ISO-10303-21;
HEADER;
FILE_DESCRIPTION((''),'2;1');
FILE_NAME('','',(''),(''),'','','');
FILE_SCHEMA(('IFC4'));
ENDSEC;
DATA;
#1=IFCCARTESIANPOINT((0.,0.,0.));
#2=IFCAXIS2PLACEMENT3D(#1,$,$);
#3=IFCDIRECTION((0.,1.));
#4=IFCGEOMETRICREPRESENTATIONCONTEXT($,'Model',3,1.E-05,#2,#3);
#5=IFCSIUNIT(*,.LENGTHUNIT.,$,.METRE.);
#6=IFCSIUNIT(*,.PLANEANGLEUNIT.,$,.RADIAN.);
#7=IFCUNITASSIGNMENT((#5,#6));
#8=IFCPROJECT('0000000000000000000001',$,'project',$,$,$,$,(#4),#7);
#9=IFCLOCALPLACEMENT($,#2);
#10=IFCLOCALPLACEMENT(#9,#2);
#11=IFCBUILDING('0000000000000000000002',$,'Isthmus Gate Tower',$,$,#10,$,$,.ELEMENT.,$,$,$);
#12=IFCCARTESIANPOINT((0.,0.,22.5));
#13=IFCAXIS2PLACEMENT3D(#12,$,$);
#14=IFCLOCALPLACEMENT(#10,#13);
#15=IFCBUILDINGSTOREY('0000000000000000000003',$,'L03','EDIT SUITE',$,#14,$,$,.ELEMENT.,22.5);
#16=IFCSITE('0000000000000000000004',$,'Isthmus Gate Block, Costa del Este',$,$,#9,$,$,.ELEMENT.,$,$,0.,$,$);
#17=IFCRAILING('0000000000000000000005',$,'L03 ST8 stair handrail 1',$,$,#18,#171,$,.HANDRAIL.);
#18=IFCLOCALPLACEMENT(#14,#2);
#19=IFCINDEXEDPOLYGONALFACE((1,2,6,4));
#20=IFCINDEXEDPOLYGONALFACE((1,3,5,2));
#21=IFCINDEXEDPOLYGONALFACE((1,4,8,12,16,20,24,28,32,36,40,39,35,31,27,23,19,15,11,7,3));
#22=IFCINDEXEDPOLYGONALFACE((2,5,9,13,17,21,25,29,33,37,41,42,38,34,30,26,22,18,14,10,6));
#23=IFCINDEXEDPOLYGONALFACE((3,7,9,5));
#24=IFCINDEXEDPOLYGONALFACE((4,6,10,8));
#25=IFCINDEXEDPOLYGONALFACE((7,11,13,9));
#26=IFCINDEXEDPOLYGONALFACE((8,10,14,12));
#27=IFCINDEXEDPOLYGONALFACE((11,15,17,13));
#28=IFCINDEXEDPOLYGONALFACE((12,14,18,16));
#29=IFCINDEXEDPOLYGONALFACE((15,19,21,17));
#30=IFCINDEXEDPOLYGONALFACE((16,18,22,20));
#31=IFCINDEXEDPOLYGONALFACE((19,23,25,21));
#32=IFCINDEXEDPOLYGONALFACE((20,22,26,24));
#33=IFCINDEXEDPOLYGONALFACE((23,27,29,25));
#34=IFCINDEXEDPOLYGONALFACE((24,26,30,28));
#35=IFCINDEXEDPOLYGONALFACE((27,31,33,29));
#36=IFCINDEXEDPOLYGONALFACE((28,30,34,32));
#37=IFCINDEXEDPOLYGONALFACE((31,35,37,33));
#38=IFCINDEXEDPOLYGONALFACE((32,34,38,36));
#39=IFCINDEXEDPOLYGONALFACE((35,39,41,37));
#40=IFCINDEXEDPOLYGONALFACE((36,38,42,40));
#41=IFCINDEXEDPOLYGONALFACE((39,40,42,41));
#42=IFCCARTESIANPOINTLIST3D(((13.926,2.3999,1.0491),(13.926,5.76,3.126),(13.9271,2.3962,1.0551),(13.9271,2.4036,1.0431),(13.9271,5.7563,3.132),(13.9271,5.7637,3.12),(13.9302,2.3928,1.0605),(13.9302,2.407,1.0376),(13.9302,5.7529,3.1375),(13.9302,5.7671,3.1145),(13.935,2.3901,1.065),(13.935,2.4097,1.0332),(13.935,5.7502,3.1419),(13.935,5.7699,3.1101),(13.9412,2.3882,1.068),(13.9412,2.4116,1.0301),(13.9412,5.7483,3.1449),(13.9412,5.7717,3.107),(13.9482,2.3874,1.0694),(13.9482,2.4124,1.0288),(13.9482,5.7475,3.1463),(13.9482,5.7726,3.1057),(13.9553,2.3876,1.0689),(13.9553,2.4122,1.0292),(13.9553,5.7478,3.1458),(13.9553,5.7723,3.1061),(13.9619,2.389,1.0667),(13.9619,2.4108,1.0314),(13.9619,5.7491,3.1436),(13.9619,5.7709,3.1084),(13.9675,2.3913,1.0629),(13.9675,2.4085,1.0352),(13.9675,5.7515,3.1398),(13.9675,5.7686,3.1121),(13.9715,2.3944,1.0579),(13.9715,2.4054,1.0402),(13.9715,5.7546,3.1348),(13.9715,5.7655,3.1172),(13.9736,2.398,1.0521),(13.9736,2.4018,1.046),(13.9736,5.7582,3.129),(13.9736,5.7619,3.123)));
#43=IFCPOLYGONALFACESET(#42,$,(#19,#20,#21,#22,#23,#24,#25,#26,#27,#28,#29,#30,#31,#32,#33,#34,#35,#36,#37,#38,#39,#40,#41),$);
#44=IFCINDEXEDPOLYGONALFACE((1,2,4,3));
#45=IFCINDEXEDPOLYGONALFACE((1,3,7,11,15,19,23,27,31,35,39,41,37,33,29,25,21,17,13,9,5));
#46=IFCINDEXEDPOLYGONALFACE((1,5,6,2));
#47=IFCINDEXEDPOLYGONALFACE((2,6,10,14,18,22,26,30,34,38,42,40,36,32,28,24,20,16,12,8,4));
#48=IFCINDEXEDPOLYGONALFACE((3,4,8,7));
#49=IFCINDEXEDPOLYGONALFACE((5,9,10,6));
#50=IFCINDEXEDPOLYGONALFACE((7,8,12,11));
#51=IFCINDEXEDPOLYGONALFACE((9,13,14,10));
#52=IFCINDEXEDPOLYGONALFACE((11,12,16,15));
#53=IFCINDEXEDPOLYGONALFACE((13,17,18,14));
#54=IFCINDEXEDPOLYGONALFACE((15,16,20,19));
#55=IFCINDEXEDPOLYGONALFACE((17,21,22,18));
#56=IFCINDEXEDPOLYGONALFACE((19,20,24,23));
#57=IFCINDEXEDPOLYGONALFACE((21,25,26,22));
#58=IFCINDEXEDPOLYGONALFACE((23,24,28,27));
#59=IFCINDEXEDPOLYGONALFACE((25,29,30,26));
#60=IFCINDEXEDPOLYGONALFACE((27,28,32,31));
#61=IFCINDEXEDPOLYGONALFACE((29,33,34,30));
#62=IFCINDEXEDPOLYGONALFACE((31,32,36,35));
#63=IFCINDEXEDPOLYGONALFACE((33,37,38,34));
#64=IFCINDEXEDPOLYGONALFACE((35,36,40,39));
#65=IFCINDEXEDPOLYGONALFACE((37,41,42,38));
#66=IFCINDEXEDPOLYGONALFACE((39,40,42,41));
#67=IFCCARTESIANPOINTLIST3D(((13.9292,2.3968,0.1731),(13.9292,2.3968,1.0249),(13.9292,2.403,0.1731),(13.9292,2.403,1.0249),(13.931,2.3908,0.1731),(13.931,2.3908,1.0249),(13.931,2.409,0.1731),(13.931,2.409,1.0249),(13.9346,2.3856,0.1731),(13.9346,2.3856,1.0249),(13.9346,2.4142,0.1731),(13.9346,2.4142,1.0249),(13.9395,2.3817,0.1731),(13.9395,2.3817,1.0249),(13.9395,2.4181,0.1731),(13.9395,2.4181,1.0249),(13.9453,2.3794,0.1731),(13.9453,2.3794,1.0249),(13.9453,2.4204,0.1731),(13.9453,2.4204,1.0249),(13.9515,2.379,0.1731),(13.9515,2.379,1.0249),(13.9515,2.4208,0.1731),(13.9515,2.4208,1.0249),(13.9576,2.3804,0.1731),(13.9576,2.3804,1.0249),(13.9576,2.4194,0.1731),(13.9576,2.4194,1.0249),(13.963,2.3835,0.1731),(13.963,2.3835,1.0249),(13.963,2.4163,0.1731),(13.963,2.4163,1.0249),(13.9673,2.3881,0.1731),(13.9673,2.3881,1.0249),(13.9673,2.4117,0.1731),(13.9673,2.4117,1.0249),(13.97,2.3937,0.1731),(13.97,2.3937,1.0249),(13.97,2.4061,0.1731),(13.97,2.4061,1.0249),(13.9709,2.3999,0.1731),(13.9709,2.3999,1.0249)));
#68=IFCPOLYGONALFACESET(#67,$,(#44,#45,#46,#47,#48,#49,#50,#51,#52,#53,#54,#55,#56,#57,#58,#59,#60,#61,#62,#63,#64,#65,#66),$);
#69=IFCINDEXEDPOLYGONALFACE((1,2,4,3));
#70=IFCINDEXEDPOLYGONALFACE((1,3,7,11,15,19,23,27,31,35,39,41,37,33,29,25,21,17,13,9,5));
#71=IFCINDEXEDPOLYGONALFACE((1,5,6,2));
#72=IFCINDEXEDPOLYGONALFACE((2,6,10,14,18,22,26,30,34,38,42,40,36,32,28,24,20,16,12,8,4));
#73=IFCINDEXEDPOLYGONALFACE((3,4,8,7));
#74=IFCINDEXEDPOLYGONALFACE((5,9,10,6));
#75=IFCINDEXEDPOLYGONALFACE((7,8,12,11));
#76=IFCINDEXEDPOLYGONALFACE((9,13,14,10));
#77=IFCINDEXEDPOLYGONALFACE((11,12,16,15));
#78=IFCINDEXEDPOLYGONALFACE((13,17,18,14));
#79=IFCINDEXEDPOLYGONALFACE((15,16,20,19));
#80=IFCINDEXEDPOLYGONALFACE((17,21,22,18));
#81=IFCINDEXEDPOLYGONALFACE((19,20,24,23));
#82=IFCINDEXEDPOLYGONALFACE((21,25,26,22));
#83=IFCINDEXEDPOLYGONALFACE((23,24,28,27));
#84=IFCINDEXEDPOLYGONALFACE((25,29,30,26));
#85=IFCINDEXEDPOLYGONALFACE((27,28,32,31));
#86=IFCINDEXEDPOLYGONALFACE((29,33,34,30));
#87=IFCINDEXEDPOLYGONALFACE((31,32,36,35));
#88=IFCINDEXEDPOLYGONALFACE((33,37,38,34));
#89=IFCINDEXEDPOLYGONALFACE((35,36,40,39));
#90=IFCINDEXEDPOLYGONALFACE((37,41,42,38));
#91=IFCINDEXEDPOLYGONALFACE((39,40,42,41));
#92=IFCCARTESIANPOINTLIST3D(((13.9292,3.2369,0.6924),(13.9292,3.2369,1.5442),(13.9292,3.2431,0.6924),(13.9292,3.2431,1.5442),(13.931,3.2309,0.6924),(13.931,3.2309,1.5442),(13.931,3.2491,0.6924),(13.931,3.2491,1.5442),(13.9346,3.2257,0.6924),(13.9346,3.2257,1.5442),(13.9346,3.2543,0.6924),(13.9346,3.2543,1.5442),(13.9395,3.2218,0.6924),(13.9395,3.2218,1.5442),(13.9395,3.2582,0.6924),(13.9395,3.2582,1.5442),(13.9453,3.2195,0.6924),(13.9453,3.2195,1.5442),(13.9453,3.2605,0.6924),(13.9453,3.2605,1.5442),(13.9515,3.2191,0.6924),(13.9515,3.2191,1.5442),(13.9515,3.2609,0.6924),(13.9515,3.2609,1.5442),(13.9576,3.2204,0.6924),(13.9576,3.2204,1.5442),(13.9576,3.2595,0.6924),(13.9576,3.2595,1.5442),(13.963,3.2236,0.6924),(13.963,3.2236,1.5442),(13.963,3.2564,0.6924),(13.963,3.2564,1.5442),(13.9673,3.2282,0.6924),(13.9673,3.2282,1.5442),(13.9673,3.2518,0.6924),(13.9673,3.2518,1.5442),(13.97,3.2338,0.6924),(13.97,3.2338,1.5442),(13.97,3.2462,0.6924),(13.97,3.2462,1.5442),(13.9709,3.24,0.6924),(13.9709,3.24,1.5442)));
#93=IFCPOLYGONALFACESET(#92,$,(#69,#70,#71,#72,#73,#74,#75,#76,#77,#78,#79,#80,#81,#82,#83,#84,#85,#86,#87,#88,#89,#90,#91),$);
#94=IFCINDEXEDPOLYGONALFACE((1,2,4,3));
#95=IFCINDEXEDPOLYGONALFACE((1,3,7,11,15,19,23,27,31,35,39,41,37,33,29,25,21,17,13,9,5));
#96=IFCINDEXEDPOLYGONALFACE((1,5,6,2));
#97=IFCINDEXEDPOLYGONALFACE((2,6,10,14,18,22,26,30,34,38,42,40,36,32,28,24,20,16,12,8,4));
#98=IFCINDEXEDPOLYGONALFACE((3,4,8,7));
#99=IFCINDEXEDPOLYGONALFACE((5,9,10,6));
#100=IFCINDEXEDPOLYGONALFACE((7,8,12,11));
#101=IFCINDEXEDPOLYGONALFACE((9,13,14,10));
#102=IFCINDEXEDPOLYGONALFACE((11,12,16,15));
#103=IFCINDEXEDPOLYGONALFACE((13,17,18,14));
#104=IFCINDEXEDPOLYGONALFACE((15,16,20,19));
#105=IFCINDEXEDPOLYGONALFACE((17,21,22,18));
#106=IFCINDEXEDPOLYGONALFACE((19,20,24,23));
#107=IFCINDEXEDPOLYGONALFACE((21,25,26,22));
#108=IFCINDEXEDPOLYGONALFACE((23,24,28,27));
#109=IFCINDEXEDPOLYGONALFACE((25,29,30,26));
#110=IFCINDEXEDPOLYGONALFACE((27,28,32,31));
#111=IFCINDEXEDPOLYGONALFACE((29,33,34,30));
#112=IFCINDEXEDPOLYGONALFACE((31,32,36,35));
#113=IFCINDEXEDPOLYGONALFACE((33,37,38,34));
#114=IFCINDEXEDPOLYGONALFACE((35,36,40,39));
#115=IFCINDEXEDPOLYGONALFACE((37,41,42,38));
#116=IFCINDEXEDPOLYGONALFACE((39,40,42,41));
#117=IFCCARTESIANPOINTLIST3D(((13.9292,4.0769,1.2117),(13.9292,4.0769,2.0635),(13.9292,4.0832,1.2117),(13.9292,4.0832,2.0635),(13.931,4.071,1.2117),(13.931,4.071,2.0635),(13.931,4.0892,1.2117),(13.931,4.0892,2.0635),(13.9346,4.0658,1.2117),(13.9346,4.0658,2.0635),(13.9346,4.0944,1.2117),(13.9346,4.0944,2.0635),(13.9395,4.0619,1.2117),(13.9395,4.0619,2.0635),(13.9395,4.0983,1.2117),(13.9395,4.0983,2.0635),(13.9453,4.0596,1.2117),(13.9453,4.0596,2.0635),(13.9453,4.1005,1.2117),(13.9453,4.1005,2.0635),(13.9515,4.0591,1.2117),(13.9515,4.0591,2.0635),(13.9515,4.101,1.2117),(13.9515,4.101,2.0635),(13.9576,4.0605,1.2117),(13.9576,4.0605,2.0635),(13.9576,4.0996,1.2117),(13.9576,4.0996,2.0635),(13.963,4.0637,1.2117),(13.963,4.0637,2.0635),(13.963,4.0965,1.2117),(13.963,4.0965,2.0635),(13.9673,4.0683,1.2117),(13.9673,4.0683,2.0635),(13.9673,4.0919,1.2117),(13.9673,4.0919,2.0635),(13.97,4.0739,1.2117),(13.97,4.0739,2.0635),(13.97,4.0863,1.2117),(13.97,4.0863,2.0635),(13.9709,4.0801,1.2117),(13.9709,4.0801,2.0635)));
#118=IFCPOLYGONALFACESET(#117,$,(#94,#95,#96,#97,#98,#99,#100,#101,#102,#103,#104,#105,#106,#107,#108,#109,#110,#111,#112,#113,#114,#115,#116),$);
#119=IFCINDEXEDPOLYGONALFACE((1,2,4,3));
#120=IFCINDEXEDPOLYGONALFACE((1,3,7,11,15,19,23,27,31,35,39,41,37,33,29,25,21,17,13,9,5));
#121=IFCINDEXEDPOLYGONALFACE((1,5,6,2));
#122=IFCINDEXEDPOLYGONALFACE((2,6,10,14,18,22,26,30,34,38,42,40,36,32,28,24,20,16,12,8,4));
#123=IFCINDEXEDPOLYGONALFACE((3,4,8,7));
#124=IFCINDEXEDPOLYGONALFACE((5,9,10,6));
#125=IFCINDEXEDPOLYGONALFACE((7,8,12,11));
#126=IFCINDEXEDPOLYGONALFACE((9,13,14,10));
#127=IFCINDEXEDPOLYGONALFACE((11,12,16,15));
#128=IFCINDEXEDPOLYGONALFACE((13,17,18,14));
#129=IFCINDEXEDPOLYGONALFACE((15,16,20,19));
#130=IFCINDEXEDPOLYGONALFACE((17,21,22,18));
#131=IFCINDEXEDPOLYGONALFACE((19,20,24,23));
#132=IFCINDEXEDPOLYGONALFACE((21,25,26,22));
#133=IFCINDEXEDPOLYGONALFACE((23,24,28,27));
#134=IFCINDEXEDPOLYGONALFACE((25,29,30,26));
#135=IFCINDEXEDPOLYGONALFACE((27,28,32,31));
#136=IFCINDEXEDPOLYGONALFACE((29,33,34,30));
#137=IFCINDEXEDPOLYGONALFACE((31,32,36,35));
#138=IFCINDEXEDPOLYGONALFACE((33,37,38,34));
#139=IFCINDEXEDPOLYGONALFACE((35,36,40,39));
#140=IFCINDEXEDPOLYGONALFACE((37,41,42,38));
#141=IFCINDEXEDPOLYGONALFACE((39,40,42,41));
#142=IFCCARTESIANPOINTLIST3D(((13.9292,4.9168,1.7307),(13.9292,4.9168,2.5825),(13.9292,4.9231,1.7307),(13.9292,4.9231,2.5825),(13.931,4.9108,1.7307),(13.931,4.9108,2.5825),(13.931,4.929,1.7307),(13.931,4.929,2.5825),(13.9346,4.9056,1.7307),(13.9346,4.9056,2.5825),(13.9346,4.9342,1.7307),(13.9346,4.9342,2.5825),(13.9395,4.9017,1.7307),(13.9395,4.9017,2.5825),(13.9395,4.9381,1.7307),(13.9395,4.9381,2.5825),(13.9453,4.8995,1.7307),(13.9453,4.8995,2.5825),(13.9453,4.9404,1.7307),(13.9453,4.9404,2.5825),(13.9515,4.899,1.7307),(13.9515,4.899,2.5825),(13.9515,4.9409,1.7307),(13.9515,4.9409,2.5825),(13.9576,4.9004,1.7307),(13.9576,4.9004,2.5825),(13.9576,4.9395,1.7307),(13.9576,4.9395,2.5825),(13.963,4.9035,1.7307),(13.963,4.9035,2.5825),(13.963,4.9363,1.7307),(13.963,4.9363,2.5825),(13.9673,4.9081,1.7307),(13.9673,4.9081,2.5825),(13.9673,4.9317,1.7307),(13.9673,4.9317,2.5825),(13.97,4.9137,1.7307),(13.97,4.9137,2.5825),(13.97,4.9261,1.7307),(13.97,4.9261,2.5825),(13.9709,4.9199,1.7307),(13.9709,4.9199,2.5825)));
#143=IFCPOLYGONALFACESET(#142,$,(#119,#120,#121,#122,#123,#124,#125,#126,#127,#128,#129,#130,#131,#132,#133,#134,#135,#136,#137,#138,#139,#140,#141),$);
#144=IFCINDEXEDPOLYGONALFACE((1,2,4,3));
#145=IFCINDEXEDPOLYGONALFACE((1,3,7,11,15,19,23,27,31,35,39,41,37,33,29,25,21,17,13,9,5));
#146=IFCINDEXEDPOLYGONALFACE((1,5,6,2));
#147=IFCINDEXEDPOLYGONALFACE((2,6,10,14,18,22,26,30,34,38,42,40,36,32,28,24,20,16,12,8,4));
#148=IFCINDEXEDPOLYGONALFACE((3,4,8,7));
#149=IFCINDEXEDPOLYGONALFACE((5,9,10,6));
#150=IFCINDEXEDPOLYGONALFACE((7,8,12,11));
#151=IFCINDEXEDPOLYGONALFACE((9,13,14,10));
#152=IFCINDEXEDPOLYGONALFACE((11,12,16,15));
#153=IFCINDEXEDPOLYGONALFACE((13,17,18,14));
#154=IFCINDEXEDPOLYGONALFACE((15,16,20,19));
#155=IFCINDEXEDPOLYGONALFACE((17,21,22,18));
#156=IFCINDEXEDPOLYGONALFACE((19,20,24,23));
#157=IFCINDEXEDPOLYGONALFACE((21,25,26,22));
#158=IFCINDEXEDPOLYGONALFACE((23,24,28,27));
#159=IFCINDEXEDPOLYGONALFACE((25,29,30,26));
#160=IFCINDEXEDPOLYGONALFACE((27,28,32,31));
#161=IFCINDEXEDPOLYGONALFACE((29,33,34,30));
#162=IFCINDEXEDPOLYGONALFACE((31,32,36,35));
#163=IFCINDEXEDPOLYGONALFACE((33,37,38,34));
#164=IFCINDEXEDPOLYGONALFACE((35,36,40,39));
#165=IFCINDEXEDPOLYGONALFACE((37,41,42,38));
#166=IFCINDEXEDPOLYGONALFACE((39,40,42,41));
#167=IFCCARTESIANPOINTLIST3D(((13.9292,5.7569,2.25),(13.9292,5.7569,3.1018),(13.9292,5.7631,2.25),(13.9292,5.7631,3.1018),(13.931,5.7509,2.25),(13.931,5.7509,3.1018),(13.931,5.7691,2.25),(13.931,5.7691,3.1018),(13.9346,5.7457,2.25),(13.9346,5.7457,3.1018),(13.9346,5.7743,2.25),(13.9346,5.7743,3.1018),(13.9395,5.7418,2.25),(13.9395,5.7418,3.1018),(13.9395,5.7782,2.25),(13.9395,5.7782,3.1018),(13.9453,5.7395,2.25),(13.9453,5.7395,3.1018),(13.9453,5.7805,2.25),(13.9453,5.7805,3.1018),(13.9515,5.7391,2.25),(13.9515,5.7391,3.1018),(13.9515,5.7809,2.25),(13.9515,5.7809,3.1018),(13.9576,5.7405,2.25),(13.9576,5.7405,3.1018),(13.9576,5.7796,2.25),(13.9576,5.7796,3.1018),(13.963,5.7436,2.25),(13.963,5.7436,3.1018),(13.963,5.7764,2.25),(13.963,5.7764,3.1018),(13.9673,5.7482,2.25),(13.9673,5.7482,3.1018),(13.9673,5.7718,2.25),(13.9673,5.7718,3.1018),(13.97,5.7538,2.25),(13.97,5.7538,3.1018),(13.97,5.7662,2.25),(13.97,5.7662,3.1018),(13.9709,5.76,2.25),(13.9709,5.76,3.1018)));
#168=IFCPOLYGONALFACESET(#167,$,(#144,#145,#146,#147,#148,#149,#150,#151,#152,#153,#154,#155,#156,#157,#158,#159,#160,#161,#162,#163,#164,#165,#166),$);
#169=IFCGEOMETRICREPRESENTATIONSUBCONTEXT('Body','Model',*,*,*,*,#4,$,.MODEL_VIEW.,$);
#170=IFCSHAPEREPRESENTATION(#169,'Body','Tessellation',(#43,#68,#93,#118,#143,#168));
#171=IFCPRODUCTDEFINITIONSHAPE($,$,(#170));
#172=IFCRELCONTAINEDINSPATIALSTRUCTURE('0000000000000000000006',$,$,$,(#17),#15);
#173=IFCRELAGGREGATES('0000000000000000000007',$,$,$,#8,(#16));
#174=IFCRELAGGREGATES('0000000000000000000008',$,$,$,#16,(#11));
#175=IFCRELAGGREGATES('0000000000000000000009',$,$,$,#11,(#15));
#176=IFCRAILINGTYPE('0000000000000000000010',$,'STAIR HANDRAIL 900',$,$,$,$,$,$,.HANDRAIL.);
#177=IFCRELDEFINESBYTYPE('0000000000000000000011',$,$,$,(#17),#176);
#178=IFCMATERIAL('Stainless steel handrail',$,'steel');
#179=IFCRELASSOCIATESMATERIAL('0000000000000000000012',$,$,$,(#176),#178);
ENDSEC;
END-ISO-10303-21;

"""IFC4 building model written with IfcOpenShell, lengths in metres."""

from ifc_helpers import new_model, si_unit, direction, frame, origin, origin_2d, place, context, subcontext, project, spatial, circle, extrude, material, type_object, element, save


model = new_model("IFC4")

# Units and contexts
model_context = context("Model", 3, precision=1e-05, world=origin(), true_north=direction((0.0, 1.0)))
body_context = subcontext(model_context, "Body", "Model", "MODEL_VIEW")
ifc_project = project(units=[si_unit("LENGTHUNIT", "METRE"), si_unit("PLANEANGLEUNIT", "RADIAN")], contexts=[model_context])

# Site, building, storey
site_placement = place(None, origin())
site = spatial("IfcSite", under=ifc_project, at=site_placement, Name="Isthmus Gate Block, Costa del Este", CompositionType="ELEMENT", RefElevation=0.0)
building_placement = place(site_placement, origin())
building = spatial("IfcBuilding", under=site, at=building_placement, Name="Isthmus Gate Tower", CompositionType="ELEMENT")
storey_placement = place(building_placement, frame((0.0, 0.0, 22.5)))
storey = spatial("IfcBuildingStorey", under=building, at=storey_placement, Name="L03", Description="EDIT SUITE", CompositionType="ELEMENT", Elevation=22.5)

# Railing
ifc_material_1 = material(Name="Stainless steel handrail", Category="steel")
railing_type_1 = type_object("IfcRailingType", Name="STAIR HANDRAIL 900", PredefinedType="HANDRAIL", material=ifc_material_1)
for number, where, name in (
    (1, (13.95, 2.3999, 0.1731), "L03 ST8 stair handrail 1"),
):
    element("IfcRailing", number, at=place(storey_placement, frame(where)), inside=storey, type_object=railing_type_1, Name=name, PredefinedType="HANDRAIL", context=body_context, shape_type="SweptSolid", body=[
        extrude(circle(Radius=0.0239, at=origin_2d()), frame((0.0, 0.0, 0.876), z_axis=(0.0, 0.850623, 0.525776), x_axis=(-1.0, 0.0, 0.0)), (0.0, 0.0, 1.0), 3.9502),
        extrude(circle(Radius=0.021, at=origin_2d()), origin(), (0.0, 0.0, 1.0), 0.8518),
        extrude(circle(Radius=0.021, at=origin_2d()), frame((0.0, 0.8401, 0.5193)), (0.0, 0.0, 1.0), 0.8518),
        extrude(circle(Radius=0.021, at=origin_2d()), frame((0.0, 1.6802, 1.0386)), (0.0, 0.0, 1.0), 0.8518),
        extrude(circle(Radius=0.021, at=origin_2d()), frame((0.0, 2.52, 1.5576)), (0.0, 0.0, 1.0), 0.8518),
        extrude(circle(Radius=0.021, at=origin_2d()), frame((0.0, 3.3601, 2.0769)), (0.0, 0.0, 1.0), 0.8518),
    ])

save(model, "model.ifc")
